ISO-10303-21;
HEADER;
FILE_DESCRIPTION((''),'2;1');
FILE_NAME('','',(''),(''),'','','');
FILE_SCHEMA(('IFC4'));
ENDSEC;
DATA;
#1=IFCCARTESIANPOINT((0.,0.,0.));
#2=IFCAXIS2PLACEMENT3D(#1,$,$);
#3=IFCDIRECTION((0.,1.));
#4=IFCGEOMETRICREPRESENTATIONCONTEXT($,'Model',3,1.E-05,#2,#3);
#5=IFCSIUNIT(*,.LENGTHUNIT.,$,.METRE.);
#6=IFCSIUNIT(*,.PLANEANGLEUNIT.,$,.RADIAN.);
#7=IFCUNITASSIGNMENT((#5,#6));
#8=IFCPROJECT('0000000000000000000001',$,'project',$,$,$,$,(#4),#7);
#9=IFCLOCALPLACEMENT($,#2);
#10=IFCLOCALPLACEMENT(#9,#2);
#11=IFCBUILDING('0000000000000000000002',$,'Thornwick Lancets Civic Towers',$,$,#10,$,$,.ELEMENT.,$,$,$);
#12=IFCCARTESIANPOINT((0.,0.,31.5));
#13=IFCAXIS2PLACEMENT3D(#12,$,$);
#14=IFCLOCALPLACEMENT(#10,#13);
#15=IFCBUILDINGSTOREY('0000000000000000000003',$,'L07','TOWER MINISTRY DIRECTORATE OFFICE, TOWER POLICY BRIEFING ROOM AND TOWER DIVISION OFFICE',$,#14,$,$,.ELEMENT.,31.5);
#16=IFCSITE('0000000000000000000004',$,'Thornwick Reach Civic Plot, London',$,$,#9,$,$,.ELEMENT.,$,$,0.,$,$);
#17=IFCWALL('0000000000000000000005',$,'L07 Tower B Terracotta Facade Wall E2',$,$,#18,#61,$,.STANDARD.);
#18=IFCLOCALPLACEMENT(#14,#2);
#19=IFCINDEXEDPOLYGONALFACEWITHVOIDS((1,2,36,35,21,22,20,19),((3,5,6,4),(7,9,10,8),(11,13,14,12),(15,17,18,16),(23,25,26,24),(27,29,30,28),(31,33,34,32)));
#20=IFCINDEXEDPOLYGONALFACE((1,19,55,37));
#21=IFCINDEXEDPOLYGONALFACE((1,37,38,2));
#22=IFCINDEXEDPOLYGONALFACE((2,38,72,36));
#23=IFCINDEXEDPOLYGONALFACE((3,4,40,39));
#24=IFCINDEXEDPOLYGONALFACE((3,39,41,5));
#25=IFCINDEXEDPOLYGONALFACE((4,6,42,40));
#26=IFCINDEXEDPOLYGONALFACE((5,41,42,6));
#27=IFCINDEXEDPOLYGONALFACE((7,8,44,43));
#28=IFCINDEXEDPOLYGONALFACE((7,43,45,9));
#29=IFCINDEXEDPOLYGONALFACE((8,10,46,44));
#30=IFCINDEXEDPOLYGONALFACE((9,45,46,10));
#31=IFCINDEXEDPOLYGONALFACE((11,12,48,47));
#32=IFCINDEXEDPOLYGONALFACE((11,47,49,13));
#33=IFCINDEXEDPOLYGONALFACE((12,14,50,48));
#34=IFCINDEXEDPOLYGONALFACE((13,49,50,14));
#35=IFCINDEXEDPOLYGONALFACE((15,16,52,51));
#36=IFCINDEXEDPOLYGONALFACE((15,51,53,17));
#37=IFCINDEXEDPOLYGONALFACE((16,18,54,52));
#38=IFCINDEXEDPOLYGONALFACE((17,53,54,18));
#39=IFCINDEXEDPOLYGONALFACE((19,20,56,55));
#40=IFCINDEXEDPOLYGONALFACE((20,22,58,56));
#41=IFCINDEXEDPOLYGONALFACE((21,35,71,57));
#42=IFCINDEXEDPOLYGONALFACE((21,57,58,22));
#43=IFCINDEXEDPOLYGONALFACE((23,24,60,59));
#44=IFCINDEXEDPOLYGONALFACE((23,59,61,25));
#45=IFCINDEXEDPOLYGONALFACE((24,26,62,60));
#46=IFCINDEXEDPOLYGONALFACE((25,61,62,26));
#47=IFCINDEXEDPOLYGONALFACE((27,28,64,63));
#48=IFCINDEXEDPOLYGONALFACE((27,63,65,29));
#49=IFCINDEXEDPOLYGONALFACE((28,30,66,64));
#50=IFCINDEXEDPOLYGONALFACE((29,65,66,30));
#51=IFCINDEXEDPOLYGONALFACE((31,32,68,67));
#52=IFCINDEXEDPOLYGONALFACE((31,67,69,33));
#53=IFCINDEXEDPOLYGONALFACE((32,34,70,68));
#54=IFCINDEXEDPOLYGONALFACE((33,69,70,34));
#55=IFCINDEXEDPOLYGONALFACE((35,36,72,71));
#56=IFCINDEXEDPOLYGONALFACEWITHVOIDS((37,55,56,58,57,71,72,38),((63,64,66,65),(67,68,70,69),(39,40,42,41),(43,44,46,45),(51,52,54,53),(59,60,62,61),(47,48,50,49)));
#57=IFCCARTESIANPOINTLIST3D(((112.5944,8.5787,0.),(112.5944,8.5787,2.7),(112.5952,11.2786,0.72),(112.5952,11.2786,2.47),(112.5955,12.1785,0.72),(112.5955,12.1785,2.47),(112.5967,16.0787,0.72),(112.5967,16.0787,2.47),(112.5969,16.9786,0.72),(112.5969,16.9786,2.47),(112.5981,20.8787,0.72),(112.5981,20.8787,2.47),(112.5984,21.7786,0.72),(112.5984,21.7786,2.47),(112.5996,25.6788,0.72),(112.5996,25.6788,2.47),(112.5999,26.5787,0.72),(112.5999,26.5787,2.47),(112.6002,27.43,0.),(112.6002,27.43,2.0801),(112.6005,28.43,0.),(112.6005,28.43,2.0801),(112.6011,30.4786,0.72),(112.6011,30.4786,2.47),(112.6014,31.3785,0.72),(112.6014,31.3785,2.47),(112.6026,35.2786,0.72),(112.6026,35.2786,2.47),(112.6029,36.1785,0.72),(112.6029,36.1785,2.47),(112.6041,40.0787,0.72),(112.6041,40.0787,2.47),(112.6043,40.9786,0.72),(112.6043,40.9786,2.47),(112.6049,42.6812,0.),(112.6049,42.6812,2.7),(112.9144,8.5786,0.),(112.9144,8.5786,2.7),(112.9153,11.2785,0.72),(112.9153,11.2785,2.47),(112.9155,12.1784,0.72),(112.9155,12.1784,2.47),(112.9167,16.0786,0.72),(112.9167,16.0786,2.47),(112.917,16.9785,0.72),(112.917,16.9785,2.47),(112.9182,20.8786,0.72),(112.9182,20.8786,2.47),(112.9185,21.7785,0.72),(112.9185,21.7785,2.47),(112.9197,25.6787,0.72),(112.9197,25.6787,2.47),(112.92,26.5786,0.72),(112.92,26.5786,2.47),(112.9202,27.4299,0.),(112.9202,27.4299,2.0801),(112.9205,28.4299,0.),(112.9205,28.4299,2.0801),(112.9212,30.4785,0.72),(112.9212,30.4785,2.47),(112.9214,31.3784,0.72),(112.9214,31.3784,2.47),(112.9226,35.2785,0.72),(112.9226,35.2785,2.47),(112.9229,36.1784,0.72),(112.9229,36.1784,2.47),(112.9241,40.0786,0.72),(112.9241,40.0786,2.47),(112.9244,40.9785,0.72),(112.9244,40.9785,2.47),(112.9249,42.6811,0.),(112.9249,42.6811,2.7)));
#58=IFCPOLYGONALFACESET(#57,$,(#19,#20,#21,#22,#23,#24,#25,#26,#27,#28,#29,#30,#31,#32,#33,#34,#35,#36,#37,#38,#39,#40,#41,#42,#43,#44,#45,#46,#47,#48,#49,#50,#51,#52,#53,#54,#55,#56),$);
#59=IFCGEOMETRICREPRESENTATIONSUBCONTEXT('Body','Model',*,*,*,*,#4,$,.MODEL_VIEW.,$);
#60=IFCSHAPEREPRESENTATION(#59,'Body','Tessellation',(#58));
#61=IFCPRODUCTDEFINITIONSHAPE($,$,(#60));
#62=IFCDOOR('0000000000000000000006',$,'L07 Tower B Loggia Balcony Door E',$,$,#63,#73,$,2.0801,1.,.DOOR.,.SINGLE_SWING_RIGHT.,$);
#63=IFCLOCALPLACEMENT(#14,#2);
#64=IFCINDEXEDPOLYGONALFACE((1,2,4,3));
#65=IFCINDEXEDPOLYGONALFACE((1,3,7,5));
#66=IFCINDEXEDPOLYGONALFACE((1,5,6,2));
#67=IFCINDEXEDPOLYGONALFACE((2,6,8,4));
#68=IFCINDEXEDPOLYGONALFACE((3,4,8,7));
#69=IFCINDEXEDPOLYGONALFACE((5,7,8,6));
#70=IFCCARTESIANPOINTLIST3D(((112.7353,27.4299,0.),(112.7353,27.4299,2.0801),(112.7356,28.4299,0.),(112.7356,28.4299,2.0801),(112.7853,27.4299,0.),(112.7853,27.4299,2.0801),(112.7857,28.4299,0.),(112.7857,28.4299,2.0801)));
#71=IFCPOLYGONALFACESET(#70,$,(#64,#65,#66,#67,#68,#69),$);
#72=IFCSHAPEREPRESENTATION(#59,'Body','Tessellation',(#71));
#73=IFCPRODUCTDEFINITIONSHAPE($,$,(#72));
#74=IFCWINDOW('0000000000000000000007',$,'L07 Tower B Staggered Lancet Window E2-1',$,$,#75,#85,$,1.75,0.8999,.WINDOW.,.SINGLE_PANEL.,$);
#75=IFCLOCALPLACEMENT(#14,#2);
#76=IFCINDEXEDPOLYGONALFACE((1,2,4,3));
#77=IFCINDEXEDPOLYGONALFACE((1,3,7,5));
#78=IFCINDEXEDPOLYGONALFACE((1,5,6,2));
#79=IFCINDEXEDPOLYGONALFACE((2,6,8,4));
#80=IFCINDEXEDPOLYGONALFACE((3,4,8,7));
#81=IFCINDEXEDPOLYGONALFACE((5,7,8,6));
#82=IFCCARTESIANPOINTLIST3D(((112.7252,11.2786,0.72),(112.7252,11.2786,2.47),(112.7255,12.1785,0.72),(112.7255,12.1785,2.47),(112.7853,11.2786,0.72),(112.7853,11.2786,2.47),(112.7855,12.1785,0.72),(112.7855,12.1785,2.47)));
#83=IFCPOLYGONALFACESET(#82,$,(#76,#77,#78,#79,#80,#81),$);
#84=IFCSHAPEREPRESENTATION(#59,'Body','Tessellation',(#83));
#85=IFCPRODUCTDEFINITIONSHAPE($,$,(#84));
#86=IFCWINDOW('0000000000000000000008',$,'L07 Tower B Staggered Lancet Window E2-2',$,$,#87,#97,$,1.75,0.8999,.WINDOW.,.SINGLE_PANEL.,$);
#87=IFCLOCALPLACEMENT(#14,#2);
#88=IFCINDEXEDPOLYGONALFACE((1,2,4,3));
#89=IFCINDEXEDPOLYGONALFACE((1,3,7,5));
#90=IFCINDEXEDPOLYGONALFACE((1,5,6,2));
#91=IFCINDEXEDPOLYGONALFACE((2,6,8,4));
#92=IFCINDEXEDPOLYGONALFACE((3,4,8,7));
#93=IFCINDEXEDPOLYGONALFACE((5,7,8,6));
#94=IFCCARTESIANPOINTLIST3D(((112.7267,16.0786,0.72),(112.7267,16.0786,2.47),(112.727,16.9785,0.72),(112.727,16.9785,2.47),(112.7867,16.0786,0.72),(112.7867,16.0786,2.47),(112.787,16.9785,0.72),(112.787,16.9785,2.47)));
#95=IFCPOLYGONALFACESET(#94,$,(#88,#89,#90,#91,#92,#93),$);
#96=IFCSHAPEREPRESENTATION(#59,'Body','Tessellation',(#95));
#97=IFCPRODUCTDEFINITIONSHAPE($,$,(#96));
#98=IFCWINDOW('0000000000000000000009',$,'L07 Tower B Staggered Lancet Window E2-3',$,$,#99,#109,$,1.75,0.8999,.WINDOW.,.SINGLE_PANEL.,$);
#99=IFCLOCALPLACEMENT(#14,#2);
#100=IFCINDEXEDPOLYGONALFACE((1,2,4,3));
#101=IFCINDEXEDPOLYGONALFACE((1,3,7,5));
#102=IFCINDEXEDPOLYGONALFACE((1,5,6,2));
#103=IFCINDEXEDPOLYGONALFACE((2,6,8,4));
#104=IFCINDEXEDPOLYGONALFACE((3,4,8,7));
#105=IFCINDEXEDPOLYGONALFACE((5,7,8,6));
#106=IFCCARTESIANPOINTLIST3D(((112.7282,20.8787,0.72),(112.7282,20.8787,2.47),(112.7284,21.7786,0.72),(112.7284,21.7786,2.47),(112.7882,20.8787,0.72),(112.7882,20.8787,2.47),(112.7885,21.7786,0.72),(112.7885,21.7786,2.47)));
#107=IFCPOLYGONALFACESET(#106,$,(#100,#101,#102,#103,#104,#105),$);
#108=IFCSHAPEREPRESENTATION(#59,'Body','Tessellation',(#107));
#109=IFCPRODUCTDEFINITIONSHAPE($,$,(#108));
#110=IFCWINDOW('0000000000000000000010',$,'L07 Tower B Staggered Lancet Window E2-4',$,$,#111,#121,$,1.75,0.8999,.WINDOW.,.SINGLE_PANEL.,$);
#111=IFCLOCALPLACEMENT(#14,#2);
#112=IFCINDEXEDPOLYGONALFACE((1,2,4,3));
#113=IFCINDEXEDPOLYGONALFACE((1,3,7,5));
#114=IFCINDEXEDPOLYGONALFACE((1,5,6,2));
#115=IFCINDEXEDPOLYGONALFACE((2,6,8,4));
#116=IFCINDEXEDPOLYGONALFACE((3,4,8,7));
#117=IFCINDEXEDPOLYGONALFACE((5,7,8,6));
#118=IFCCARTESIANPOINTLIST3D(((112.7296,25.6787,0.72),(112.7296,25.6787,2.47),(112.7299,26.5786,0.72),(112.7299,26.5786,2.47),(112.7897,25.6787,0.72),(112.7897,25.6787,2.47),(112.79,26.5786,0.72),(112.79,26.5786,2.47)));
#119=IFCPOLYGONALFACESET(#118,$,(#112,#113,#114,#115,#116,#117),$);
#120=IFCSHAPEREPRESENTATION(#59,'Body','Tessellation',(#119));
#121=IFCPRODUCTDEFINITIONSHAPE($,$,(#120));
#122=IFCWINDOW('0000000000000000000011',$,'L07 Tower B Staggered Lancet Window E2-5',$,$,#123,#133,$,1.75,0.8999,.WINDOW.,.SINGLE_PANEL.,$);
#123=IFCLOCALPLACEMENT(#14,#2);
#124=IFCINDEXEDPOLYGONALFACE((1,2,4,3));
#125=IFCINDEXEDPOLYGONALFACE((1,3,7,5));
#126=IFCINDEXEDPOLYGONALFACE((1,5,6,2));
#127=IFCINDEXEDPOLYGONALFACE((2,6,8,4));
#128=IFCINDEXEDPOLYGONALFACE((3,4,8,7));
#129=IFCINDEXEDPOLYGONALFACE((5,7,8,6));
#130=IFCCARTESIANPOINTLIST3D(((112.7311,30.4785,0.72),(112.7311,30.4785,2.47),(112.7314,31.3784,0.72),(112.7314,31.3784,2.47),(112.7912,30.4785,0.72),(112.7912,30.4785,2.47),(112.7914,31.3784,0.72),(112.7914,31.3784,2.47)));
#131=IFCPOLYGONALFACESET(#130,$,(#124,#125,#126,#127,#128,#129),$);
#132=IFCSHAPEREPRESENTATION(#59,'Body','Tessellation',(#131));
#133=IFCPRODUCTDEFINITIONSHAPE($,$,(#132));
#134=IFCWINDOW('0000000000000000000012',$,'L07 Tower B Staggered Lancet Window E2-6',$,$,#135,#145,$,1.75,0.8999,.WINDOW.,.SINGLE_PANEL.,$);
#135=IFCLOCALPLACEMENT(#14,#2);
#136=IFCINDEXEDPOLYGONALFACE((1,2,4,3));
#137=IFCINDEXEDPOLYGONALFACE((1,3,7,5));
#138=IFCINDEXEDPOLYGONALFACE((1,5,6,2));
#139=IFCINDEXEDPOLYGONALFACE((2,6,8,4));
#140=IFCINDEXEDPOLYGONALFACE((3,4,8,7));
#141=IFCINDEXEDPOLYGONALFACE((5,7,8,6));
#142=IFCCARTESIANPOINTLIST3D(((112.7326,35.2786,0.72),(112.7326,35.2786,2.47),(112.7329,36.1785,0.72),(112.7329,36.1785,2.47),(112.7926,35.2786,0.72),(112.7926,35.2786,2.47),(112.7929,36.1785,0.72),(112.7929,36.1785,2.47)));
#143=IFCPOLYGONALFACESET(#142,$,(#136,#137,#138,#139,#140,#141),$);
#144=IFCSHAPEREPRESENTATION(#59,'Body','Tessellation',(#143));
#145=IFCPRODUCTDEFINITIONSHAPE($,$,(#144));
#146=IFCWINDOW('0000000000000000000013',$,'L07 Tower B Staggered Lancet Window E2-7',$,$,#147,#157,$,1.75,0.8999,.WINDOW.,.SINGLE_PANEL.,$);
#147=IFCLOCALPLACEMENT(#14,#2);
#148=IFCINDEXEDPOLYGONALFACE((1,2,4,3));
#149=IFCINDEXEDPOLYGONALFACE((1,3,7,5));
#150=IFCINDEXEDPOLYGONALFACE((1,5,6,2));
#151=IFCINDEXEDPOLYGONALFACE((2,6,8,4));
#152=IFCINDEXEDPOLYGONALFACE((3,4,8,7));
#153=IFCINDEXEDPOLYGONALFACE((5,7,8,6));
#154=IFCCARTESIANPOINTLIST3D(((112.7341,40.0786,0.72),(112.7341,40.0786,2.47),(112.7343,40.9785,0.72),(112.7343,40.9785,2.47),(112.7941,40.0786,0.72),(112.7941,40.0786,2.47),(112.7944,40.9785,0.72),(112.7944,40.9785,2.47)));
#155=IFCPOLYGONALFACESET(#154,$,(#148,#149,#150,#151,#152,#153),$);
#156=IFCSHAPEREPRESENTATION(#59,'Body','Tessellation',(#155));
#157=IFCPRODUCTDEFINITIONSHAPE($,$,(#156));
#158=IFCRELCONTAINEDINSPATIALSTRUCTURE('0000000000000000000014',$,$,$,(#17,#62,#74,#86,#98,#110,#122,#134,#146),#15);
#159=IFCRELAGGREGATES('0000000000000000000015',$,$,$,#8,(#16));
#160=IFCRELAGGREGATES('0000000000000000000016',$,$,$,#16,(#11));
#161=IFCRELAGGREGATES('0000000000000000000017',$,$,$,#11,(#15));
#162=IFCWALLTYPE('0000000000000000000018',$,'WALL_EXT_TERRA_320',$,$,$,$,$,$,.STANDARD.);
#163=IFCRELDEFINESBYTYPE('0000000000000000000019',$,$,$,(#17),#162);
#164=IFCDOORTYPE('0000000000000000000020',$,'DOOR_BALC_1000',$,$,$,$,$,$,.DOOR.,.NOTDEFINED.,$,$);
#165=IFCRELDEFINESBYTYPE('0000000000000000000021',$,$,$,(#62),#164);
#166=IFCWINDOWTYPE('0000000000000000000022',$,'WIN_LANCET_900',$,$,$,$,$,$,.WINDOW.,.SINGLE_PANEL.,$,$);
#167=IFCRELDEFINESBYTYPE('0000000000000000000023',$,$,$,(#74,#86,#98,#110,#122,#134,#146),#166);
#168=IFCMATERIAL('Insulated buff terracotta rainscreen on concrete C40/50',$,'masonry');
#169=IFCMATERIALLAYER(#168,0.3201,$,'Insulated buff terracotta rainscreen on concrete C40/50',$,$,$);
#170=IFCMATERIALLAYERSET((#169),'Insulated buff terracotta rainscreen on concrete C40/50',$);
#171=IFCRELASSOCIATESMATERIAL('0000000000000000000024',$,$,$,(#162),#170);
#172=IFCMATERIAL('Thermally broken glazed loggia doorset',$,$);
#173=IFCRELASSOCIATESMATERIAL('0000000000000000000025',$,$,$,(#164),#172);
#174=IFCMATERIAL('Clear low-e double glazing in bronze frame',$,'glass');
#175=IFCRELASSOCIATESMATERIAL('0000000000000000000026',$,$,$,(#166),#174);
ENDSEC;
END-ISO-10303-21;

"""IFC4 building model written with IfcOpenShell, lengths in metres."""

from ifc_helpers import new_model, si_unit, direction, frame, frame_2d, origin, place, context, subcontext, project, spatial, rectangle, extrude, material, layer, layer_set, type_object, element, fill, save


model = new_model("IFC4")

# Units and contexts
model_context = context("Model", 3, precision=1e-05, world=origin(), true_north=direction((0.0, 1.0)))
body_context = subcontext(model_context, "Body", "Model", "MODEL_VIEW")
ifc_project = project(units=[si_unit("LENGTHUNIT", "METRE"), si_unit("PLANEANGLEUNIT", "RADIAN")], contexts=[model_context])

# Site, building, storey
site_placement = place(None, origin())
site = spatial("IfcSite", under=ifc_project, at=site_placement, Name="Thornwick Reach Civic Plot, London", CompositionType="ELEMENT", RefElevation=0.0)
building_placement = place(site_placement, origin())
building = spatial("IfcBuilding", under=site, at=building_placement, Name="Thornwick Lancets Civic Towers", CompositionType="ELEMENT")
storey_placement = place(building_placement, frame((0.0, 0.0, 31.5)))
storey = spatial("IfcBuildingStorey", under=building, at=storey_placement, Name="L07", Description="TOWER MINISTRY DIRECTORATE OFFICE, TOWER POLICY BRIEFING ROOM AND TOWER DIVISION OFFICE", CompositionType="ELEMENT", Elevation=31.5)

# Wall, openings, door, windows
ifc_material_1 = material(Name="Insulated buff terracotta rainscreen on concrete C40/50", Category="masonry")
ifc_layer_1 = layer(ifc_material_1, 0.3201, Name="Insulated buff terracotta rainscreen on concrete C40/50")
ifc_layer_set_1 = layer_set([ifc_layer_1], Name="Insulated buff terracotta rainscreen on concrete C40/50")
wall_type_1 = type_object("IfcWallType", Name="WALL_EXT_TERRA_320", PredefinedType="STANDARD", material=ifc_layer_set_1)
wall_1_placement = place(storey_placement, frame((112.7544, 8.5786, 0.0), z_axis=(0.0, 0.0, 1.0), x_axis=(0.000308, 1.0, 0.0)))
wall_1 = element("IfcWall", 1, at=wall_1_placement, inside=storey, type_object=wall_type_1, Name="L07 Tower B Terracotta Facade Wall E2", PredefinedType="STANDARD", context=body_context, shape_type="SweptSolid", body=[
    extrude(rectangle(XDim=34.1025, YDim=0.3201, at=frame_2d((17.0513, 0.0))), origin(), (0.0, 0.0, 1.0), 2.7),
])
opening_1_placement = place(wall_1_placement, frame((18.8513, 0.0, 0.0)))
opening_1 = element("IfcOpeningElement", 2, at=opening_1_placement, cuts=wall_1, PredefinedType="OPENING", context=body_context, shape_type="SweptSolid", body=[
    extrude(rectangle(XDim=1.0, YDim=2.0801, at=frame_2d((0.5, 1.04))), frame((0.0, 0.1699, 0.0), z_axis=(0.0, -1.0, 0.0), x_axis=(1.0, 0.0, 0.0)), (0.0, 0.0, 1.0), 0.3401),
])
opening_2_placement = place(wall_1_placement, frame((2.7, 0.0, 0.72)))
opening_2 = element("IfcOpeningElement", 3, at=opening_2_placement, cuts=wall_1, PredefinedType="OPENING", context=body_context, shape_type="SweptSolid", body=[
    extrude(rectangle(XDim=0.8999, YDim=1.75, at=frame_2d((0.45, 0.875))), frame((0.0, 0.1699, 0.0), z_axis=(0.0, -1.0, 0.0), x_axis=(1.0, 0.0, 0.0)), (0.0, 0.0, 1.0), 0.3401),
])
opening_3_placement = place(wall_1_placement, frame((7.5, 0.0, 0.72)))
opening_3 = element("IfcOpeningElement", 4, at=opening_3_placement, cuts=wall_1, PredefinedType="OPENING", context=body_context, shape_type="SweptSolid", body=[
    extrude(rectangle(XDim=0.8999, YDim=1.75, at=frame_2d((0.45, 0.875))), frame((0.0, 0.1699, 0.0), z_axis=(0.0, -1.0, 0.0), x_axis=(1.0, 0.0, 0.0)), (0.0, 0.0, 1.0), 0.3401),
])
opening_4_placement = place(wall_1_placement, frame((12.3, 0.0, 0.72)))
opening_4 = element("IfcOpeningElement", 5, at=opening_4_placement, cuts=wall_1, PredefinedType="OPENING", context=body_context, shape_type="SweptSolid", body=[
    extrude(rectangle(XDim=0.8999, YDim=1.75, at=frame_2d((0.45, 0.875))), frame((0.0, 0.1699, 0.0), z_axis=(0.0, -1.0, 0.0), x_axis=(1.0, 0.0, 0.0)), (0.0, 0.0, 1.0), 0.3401),
])
opening_5_placement = place(wall_1_placement, frame((17.1001, 0.0, 0.72)))
opening_5 = element("IfcOpeningElement", 6, at=opening_5_placement, cuts=wall_1, PredefinedType="OPENING", context=body_context, shape_type="SweptSolid", body=[
    extrude(rectangle(XDim=0.8999, YDim=1.75, at=frame_2d((0.45, 0.875))), frame((0.0, 0.1699, 0.0), z_axis=(0.0, -1.0, 0.0), x_axis=(1.0, 0.0, 0.0)), (0.0, 0.0, 1.0), 0.3401),
])
opening_6_placement = place(wall_1_placement, frame((21.8999, 0.0, 0.72)))
opening_6 = element("IfcOpeningElement", 7, at=opening_6_placement, cuts=wall_1, PredefinedType="OPENING", context=body_context, shape_type="SweptSolid", body=[
    extrude(rectangle(XDim=0.8999, YDim=1.75, at=frame_2d((0.45, 0.875))), frame((0.0, 0.1699, 0.0), z_axis=(0.0, -1.0, 0.0), x_axis=(1.0, 0.0, 0.0)), (0.0, 0.0, 1.0), 0.3401),
])
opening_7_placement = place(wall_1_placement, frame((26.7, 0.0, 0.72)))
opening_7 = element("IfcOpeningElement", 8, at=opening_7_placement, cuts=wall_1, PredefinedType="OPENING", context=body_context, shape_type="SweptSolid", body=[
    extrude(rectangle(XDim=0.8999, YDim=1.75, at=frame_2d((0.45, 0.875))), frame((0.0, 0.1699, 0.0), z_axis=(0.0, -1.0, 0.0), x_axis=(1.0, 0.0, 0.0)), (0.0, 0.0, 1.0), 0.3401),
])
opening_8_placement = place(wall_1_placement, frame((31.5, 0.0, 0.72)))
opening_8 = element("IfcOpeningElement", 9, at=opening_8_placement, cuts=wall_1, PredefinedType="OPENING", context=body_context, shape_type="SweptSolid", body=[
    extrude(rectangle(XDim=0.8999, YDim=1.75, at=frame_2d((0.45, 0.875))), frame((0.0, 0.1699, 0.0), z_axis=(0.0, -1.0, 0.0), x_axis=(1.0, 0.0, 0.0)), (0.0, 0.0, 1.0), 0.3401),
])
ifc_material_2 = material(Name="Thermally broken glazed loggia doorset")
door_type = type_object("IfcDoorType", Name="DOOR_BALC_1000", OperationType="NOTDEFINED", PredefinedType="DOOR", material=ifc_material_2)
door_placement = place(opening_1_placement, origin())
door = element("IfcDoor", 10, at=door_placement, inside=storey, type_object=door_type, Name="L07 Tower B Loggia Balcony Door E", OperationType="SINGLE_SWING_RIGHT", OverallHeight=2.0801, OverallWidth=1.0, PredefinedType="DOOR", context=body_context, shape_type="SweptSolid", body=[
    extrude(rectangle(XDim=1.0, YDim=2.0801, at=frame_2d((0.5, 1.04))), frame((0.0, 0.0249, 0.0), z_axis=(0.0, -1.0, 0.0), x_axis=(1.0, 0.0, 0.0)), (0.0, 0.0, 1.0), 0.05),
])
fill(opening_1, door)
ifc_material_3 = material(Name="Clear low-e double glazing in bronze frame", Category="glass")
window_type = type_object("IfcWindowType", Name="WIN_LANCET_900", PartitioningType="SINGLE_PANEL", PredefinedType="WINDOW", material=ifc_material_3)
window_1_placement = place(opening_2_placement, origin())
window_1 = element("IfcWindow", 11, at=window_1_placement, inside=storey, type_object=window_type, Name="L07 Tower B Staggered Lancet Window E2-1", OverallHeight=1.75, OverallWidth=0.8999, PartitioningType="SINGLE_PANEL", PredefinedType="WINDOW", context=body_context, shape_type="SweptSolid", body=[
    extrude(rectangle(XDim=0.8999, YDim=1.75, at=frame_2d((0.45, 0.875))), frame((0.0, 0.03, 0.0), z_axis=(0.0, -1.0, 0.0), x_axis=(1.0, 0.0, 0.0)), (0.0, 0.0, 1.0), 0.0601),
])
fill(opening_2, window_1)
window_2_placement = place(opening_3_placement, origin())
window_2 = element("IfcWindow", 12, at=window_2_placement, inside=storey, type_object=window_type, Name="L07 Tower B Staggered Lancet Window E2-2", OverallHeight=1.75, OverallWidth=0.8999, PartitioningType="SINGLE_PANEL", PredefinedType="WINDOW", context=body_context, shape_type="SweptSolid", body=[
    extrude(rectangle(XDim=0.8999, YDim=1.75, at=frame_2d((0.45, 0.875))), frame((0.0, 0.03, 0.0), z_axis=(0.0, -1.0, 0.0), x_axis=(1.0, 0.0, 0.0)), (0.0, 0.0, 1.0), 0.0601),
])
fill(opening_3, window_2)
window_3_placement = place(opening_4_placement, origin())
window_3 = element("IfcWindow", 13, at=window_3_placement, inside=storey, type_object=window_type, Name="L07 Tower B Staggered Lancet Window E2-3", OverallHeight=1.75, OverallWidth=0.8999, PartitioningType="SINGLE_PANEL", PredefinedType="WINDOW", context=body_context, shape_type="SweptSolid", body=[
    extrude(rectangle(XDim=0.8999, YDim=1.75, at=frame_2d((0.45, 0.875))), frame((0.0, 0.03, 0.0), z_axis=(0.0, -1.0, 0.0), x_axis=(1.0, 0.0, 0.0)), (0.0, 0.0, 1.0), 0.0601),
])
fill(opening_4, window_3)
window_4_placement = place(opening_5_placement, origin())
window_4 = element("IfcWindow", 14, at=window_4_placement, inside=storey, type_object=window_type, Name="L07 Tower B Staggered Lancet Window E2-4", OverallHeight=1.75, OverallWidth=0.8999, PartitioningType="SINGLE_PANEL", PredefinedType="WINDOW", context=body_context, shape_type="SweptSolid", body=[
    extrude(rectangle(XDim=0.8999, YDim=1.75, at=frame_2d((0.45, 0.875))), frame((0.0, 0.03, 0.0), z_axis=(0.0, -1.0, 0.0), x_axis=(1.0, 0.0, 0.0)), (0.0, 0.0, 1.0), 0.0601),
])
fill(opening_5, window_4)
window_5_placement = place(opening_6_placement, origin())
window_5 = element("IfcWindow", 15, at=window_5_placement, inside=storey, type_object=window_type, Name="L07 Tower B Staggered Lancet Window E2-5", OverallHeight=1.75, OverallWidth=0.8999, PartitioningType="SINGLE_PANEL", PredefinedType="WINDOW", context=body_context, shape_type="SweptSolid", body=[
    extrude(rectangle(XDim=0.8999, YDim=1.75, at=frame_2d((0.45, 0.875))), frame((0.0, 0.03, 0.0), z_axis=(0.0, -1.0, 0.0), x_axis=(1.0, 0.0, 0.0)), (0.0, 0.0, 1.0), 0.0601),
])
fill(opening_6, window_5)
window_6_placement = place(opening_7_placement, origin())
window_6 = element("IfcWindow", 16, at=window_6_placement, inside=storey, type_object=window_type, Name="L07 Tower B Staggered Lancet Window E2-6", OverallHeight=1.75, OverallWidth=0.8999, PartitioningType="SINGLE_PANEL", PredefinedType="WINDOW", context=body_context, shape_type="SweptSolid", body=[
    extrude(rectangle(XDim=0.8999, YDim=1.75, at=frame_2d((0.45, 0.875))), frame((0.0, 0.03, 0.0), z_axis=(0.0, -1.0, 0.0), x_axis=(1.0, 0.0, 0.0)), (0.0, 0.0, 1.0), 0.0601),
])
fill(opening_7, window_6)
window_7_placement = place(opening_8_placement, origin())
window_7 = element("IfcWindow", 17, at=window_7_placement, inside=storey, type_object=window_type, Name="L07 Tower B Staggered Lancet Window E2-7", OverallHeight=1.75, OverallWidth=0.8999, PartitioningType="SINGLE_PANEL", PredefinedType="WINDOW", context=body_context, shape_type="SweptSolid", body=[
    extrude(rectangle(XDim=0.8999, YDim=1.75, at=frame_2d((0.45, 0.875))), frame((0.0, 0.03, 0.0), z_axis=(0.0, -1.0, 0.0), x_axis=(1.0, 0.0, 0.0)), (0.0, 0.0, 1.0), 0.0601),
])
fill(opening_8, window_7)

save(model, "model.ifc")
